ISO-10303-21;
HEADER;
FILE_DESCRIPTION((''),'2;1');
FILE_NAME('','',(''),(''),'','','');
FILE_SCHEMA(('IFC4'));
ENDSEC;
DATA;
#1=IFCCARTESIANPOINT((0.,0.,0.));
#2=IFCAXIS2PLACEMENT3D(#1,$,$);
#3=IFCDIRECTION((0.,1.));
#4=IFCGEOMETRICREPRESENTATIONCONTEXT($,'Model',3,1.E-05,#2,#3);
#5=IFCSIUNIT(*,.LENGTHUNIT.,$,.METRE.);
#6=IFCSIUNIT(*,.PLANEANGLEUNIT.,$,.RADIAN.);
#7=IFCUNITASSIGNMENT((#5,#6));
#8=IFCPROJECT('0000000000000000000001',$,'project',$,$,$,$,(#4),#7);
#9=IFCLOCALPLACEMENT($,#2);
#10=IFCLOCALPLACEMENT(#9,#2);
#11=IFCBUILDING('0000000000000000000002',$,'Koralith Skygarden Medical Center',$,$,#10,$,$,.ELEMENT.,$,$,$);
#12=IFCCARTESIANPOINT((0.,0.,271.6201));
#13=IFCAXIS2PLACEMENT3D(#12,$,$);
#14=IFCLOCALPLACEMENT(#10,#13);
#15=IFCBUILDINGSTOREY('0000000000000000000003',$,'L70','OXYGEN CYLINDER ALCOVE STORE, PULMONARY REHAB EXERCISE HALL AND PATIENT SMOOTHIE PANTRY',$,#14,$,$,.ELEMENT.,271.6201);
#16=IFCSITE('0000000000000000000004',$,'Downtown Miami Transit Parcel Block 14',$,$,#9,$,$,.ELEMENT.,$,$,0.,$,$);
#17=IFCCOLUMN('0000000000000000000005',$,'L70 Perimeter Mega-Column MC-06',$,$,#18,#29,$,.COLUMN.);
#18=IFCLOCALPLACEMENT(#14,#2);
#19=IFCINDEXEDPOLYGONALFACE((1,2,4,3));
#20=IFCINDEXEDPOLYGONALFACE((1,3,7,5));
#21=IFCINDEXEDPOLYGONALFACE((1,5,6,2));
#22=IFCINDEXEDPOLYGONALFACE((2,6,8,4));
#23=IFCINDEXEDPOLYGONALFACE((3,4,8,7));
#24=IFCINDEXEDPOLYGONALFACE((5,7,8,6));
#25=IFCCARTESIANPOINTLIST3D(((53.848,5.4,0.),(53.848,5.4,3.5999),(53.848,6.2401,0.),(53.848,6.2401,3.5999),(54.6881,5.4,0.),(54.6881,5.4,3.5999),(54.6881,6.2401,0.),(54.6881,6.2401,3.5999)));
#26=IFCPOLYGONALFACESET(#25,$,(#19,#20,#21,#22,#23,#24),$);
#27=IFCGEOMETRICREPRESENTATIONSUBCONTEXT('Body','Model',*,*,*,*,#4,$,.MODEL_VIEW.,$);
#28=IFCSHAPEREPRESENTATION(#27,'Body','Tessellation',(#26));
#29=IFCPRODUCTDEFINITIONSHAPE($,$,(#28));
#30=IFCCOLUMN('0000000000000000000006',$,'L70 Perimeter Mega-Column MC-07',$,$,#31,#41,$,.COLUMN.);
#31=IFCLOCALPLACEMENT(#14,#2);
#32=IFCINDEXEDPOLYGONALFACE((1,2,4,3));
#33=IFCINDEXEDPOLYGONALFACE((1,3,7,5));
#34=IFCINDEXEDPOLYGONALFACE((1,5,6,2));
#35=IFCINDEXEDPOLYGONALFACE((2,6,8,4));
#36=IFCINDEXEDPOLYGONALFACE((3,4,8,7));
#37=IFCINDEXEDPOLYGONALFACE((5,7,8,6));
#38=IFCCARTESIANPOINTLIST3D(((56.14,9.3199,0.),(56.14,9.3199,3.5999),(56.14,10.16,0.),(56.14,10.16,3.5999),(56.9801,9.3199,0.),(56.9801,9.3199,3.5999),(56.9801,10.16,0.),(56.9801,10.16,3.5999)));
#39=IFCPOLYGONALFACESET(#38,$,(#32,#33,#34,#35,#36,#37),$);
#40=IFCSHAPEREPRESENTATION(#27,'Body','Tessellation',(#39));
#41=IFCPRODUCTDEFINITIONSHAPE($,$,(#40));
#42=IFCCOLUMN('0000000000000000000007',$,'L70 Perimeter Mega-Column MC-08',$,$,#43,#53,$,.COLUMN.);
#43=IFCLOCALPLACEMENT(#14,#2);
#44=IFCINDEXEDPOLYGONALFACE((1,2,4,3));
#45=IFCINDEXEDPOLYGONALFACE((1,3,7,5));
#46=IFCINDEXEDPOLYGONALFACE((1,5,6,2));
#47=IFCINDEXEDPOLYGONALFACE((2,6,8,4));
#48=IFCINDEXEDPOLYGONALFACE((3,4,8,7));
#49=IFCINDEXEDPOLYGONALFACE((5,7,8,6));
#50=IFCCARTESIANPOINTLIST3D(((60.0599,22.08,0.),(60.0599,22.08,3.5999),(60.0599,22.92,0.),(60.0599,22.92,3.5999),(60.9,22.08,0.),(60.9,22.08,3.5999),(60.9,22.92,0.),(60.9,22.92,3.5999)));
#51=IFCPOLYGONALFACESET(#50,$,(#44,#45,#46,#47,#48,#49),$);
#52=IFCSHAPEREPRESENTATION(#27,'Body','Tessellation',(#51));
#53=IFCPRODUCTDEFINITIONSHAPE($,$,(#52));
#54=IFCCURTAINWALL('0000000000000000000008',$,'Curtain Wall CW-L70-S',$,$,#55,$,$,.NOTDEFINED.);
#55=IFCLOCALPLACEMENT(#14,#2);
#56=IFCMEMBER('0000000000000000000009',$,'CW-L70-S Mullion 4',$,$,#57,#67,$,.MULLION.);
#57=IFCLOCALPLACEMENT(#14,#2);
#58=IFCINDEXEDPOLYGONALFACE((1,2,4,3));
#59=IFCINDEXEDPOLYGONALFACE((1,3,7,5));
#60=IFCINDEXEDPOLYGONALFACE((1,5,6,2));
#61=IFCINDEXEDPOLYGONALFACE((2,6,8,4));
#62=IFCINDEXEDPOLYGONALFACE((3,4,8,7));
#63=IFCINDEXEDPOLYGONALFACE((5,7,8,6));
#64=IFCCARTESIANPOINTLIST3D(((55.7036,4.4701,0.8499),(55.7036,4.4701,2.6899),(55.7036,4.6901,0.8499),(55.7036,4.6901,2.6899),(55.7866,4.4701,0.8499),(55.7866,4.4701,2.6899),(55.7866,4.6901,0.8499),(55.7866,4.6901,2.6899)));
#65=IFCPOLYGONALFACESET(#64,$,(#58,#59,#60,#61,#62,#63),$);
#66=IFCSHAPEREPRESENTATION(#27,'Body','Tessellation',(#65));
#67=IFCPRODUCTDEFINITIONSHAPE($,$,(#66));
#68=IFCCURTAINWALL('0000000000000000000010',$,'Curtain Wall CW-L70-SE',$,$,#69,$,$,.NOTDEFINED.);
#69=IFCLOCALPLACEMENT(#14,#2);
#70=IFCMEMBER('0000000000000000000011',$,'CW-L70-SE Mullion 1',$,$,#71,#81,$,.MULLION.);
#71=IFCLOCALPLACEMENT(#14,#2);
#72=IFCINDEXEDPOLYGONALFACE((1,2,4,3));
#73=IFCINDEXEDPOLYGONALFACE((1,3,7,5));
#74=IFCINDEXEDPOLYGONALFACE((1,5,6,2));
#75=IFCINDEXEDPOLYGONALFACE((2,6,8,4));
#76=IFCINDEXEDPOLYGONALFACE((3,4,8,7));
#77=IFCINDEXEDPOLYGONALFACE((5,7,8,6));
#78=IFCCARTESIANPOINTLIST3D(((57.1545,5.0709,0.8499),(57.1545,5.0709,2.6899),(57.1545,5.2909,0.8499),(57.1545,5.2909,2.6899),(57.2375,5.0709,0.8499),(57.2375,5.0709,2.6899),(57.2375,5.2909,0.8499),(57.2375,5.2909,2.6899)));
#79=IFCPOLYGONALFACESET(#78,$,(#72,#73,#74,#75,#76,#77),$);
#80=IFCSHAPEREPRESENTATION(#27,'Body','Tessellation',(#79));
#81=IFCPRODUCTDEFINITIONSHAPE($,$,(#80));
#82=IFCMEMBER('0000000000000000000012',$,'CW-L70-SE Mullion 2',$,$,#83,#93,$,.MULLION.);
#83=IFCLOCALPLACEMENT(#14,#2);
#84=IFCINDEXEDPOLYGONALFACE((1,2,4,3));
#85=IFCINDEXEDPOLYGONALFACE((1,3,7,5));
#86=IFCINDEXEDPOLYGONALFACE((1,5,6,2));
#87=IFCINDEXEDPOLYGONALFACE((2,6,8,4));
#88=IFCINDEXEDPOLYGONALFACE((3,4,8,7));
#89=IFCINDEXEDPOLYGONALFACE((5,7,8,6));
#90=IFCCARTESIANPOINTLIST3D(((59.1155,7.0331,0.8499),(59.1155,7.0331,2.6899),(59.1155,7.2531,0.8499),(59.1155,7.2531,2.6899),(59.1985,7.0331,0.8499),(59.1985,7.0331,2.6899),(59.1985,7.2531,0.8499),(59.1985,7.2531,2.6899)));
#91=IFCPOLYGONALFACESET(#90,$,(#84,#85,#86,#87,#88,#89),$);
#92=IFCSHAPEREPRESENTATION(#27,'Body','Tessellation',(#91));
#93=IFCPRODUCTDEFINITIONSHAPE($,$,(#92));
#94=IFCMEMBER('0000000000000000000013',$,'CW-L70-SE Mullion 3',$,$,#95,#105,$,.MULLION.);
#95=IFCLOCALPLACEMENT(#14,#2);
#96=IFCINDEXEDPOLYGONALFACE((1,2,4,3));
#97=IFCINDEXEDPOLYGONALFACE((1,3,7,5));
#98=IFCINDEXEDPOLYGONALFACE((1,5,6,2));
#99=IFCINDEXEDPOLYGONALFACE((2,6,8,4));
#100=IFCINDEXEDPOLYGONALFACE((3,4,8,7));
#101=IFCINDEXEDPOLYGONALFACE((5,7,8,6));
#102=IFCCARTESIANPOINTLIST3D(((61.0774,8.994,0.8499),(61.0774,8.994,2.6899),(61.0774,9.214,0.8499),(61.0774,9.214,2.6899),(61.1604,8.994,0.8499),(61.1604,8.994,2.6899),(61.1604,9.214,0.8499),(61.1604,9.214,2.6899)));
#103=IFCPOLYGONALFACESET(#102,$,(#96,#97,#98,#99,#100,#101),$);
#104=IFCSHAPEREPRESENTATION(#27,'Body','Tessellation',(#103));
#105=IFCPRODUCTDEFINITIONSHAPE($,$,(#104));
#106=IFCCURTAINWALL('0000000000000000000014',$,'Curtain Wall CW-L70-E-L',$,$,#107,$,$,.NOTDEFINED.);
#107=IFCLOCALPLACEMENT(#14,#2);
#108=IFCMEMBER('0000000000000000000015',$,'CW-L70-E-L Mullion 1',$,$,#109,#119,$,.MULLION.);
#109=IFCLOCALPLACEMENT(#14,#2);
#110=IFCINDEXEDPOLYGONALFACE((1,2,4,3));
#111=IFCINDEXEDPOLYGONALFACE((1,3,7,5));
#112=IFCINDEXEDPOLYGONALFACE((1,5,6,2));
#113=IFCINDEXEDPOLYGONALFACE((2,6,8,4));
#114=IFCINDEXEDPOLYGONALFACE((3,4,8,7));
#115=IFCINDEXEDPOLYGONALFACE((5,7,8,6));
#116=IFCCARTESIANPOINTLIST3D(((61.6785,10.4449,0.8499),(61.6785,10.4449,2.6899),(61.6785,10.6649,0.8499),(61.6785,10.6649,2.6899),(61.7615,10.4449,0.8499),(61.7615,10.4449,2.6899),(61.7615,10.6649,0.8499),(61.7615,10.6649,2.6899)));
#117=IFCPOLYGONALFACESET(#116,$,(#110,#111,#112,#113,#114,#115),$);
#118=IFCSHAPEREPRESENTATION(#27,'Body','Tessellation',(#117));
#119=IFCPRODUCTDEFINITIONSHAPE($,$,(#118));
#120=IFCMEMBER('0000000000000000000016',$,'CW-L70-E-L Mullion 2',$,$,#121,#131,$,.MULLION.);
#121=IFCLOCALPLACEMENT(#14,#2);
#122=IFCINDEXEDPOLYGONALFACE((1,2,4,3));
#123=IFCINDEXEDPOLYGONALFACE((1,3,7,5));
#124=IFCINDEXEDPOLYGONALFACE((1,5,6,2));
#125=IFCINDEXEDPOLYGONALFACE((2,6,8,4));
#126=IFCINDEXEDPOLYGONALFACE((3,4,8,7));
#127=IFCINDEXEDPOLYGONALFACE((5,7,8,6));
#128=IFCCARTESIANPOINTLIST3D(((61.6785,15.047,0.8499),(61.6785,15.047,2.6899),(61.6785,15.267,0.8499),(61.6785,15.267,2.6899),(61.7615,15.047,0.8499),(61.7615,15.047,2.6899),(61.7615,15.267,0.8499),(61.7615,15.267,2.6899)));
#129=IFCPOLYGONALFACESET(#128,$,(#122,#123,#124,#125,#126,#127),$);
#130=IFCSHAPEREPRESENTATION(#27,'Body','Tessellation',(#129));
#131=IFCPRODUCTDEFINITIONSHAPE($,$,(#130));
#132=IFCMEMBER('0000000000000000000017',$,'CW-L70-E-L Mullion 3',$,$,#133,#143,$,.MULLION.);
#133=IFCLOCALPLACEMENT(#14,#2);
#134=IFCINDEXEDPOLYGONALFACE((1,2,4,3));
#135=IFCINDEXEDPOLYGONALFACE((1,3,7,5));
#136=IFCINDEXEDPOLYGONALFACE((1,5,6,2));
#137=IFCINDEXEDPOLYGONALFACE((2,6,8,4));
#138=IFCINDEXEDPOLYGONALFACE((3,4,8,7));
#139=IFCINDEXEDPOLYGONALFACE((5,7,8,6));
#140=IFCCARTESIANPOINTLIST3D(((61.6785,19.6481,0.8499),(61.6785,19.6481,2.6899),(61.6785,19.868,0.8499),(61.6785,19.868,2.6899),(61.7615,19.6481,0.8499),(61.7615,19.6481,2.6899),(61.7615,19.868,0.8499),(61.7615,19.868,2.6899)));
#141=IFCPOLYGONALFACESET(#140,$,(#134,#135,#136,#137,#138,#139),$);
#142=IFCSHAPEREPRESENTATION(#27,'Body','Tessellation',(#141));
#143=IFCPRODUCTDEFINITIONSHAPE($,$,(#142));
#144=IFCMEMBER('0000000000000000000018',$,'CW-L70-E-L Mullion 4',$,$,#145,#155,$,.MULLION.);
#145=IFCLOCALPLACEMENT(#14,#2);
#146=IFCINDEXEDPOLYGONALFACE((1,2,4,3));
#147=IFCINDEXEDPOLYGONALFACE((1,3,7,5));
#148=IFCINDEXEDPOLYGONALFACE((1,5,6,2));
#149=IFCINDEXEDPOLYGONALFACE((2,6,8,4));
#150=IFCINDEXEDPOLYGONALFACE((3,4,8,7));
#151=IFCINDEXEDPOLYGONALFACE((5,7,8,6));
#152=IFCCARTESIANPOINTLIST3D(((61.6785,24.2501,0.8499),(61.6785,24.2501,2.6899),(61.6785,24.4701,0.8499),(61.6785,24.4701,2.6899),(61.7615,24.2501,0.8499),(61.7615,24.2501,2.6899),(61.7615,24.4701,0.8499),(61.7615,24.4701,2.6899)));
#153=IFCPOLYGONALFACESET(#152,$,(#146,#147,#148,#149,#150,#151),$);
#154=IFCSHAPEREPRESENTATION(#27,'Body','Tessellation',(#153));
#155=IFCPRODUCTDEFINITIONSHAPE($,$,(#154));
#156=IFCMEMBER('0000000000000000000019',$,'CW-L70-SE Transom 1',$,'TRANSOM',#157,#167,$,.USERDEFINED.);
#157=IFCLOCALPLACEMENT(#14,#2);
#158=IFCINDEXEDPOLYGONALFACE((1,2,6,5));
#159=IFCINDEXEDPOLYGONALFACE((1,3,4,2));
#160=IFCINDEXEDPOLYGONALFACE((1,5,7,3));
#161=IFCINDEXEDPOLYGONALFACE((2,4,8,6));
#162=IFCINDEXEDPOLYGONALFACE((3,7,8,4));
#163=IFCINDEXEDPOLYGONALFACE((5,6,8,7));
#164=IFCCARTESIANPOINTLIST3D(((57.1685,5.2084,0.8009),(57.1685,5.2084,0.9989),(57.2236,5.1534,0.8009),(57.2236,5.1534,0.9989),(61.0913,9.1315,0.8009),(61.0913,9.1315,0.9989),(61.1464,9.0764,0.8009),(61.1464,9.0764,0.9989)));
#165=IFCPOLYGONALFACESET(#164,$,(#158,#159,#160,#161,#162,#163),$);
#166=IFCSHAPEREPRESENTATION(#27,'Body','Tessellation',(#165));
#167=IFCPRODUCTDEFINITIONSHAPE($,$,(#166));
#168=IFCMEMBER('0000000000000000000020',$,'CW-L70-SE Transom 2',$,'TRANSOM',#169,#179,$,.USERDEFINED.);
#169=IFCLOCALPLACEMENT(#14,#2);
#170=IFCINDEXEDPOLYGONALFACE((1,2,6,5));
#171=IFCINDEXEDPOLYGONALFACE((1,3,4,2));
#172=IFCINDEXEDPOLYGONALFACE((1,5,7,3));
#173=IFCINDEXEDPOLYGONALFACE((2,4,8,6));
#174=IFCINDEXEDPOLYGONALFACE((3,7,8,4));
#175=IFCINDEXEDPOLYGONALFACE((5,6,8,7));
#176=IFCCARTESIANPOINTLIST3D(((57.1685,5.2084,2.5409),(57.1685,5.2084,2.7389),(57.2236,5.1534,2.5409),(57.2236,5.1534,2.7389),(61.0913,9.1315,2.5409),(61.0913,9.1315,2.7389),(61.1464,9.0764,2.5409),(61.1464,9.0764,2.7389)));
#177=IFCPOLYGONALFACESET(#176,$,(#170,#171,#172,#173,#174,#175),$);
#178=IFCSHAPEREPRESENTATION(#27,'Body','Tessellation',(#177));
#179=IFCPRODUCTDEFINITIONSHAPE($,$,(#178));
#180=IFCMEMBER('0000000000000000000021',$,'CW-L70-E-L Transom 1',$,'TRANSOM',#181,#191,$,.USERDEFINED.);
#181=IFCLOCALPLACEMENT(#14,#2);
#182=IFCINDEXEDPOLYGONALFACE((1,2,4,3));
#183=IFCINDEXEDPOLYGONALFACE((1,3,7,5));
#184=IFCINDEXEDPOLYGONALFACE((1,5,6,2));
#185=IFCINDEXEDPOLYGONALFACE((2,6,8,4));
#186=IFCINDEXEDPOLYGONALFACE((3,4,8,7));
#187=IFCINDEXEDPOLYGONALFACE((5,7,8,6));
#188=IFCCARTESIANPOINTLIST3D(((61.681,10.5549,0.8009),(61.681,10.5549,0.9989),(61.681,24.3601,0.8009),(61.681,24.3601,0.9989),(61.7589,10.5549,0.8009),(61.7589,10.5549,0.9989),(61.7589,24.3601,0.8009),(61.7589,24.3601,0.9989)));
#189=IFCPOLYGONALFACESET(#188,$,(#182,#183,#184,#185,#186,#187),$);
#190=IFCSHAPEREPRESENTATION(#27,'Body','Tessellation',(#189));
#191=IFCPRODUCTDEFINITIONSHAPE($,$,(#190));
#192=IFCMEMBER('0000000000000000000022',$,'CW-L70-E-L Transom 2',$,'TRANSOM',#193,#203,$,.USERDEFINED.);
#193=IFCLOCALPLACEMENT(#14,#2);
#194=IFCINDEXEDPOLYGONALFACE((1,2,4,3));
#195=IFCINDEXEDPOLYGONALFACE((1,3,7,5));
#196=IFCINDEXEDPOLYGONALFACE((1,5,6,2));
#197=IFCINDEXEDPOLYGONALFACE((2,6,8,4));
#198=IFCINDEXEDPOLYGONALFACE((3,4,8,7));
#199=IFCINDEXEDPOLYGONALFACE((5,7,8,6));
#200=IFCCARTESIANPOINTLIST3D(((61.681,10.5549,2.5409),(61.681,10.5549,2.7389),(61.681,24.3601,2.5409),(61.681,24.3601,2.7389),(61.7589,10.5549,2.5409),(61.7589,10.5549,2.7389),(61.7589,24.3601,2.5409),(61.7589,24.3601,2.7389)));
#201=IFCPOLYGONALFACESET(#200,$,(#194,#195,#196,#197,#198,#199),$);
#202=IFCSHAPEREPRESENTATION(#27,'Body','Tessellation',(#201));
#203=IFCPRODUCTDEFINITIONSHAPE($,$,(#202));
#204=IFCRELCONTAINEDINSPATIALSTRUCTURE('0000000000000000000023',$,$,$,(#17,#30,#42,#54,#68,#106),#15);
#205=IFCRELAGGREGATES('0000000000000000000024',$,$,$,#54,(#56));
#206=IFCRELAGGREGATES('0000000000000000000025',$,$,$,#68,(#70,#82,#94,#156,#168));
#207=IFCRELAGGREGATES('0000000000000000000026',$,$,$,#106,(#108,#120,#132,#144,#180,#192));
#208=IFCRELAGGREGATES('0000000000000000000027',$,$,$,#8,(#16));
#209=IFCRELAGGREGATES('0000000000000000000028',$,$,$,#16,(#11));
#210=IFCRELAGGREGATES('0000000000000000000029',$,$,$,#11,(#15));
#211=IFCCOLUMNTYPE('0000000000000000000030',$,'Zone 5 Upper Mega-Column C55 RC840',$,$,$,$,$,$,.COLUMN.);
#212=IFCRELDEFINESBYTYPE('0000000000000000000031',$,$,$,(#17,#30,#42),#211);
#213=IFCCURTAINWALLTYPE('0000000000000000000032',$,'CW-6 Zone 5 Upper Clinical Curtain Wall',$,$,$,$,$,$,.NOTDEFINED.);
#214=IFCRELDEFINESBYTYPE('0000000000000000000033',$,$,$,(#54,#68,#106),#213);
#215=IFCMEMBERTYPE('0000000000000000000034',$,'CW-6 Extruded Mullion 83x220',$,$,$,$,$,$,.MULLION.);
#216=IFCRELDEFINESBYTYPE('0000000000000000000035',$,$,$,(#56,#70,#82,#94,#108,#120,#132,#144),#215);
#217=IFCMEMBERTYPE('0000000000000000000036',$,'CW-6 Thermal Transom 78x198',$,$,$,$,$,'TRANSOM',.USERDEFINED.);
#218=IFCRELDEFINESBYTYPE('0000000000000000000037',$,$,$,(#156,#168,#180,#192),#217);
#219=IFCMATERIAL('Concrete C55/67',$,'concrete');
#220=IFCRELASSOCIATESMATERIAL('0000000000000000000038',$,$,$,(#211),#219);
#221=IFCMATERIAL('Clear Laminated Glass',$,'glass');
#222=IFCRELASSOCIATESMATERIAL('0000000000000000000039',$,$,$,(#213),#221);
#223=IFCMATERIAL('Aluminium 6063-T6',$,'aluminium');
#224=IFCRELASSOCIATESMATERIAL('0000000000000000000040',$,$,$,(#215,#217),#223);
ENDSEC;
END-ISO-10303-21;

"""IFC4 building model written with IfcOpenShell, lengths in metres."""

from ifc_helpers import new_model, si_unit, direction, frame, origin, origin_2d, place, context, subcontext, project, spatial, rectangle, extrude, material, material_profile, profile_set, type_object, element, aggregate, save


model = new_model("IFC4")

# Units and contexts
model_context = context("Model", 3, precision=1e-05, world=origin(), true_north=direction((0.0, 1.0)))
body_context = subcontext(model_context, "Body", "Model", "MODEL_VIEW")
ifc_project = project(units=[si_unit("LENGTHUNIT", "METRE"), si_unit("PLANEANGLEUNIT", "RADIAN")], contexts=[model_context])

# Site, building, storey
site_placement = place(None, origin())
site = spatial("IfcSite", under=ifc_project, at=site_placement, Name="Downtown Miami Transit Parcel Block 14", CompositionType="ELEMENT", RefElevation=0.0)
building_placement = place(site_placement, origin())
building = spatial("IfcBuilding", under=site, at=building_placement, Name="Koralith Skygarden Medical Center", CompositionType="ELEMENT")
storey_placement = place(building_placement, frame((0.0, 0.0, 271.6201)))
storey = spatial("IfcBuildingStorey", under=building, at=storey_placement, Name="L70", Description="OXYGEN CYLINDER ALCOVE STORE, PULMONARY REHAB EXERCISE HALL AND PATIENT SMOOTHIE PANTRY", CompositionType="ELEMENT", Elevation=271.6201)

# Columns
ifc_material_1 = material(Name="Concrete C55/67", Category="concrete")
ifc_material_profile_1 = material_profile(ifc_material_1, rectangle(XDim=0.8401, YDim=0.8401, at=origin_2d()), Name="RC840X840")
ifc_profile_set_1 = profile_set([ifc_material_profile_1], Name="Concrete C55/67")
column_type = type_object("IfcColumnType", Name="Zone 5 Upper Mega-Column C55 RC840", PredefinedType="COLUMN", material=ifc_profile_set_1)
for number, where, z_axis, x_axis, name in (
    (1, (54.2681, 5.8201, 0.0), (0.0, 0.0, 1.0), (1.0, 0.0, 0.0), "L70 Perimeter Mega-Column MC-06"),
    (2, (56.5601, 9.74, 0.0), (0.0, 0.0, 1.0), (1.0, 0.0, 0.0), "L70 Perimeter Mega-Column MC-07"),
    (3, (60.48, 22.5, 0.0), (0.0, 0.0, 1.0), (1.0, 0.0, 0.0), "L70 Perimeter Mega-Column MC-08"),
):
    element("IfcColumn", number, at=place(storey_placement, frame(where, z_axis=z_axis, x_axis=x_axis)), inside=storey, type_object=column_type, Name=name, PredefinedType="COLUMN", context=body_context, shape_type="SweptSolid", body=[
        extrude(rectangle(XDim=0.8401, YDim=0.8401, at=origin_2d()), origin(), (0.0, 0.0, 1.0), 3.5999),
    ])

# Curtain wall, member
ifc_material_2 = material(Name="Clear Laminated Glass", Category="glass")
curtain_wall_type = type_object("IfcCurtainWallType", Name="CW-6 Zone 5 Upper Clinical Curtain Wall", PredefinedType="NOTDEFINED", material=ifc_material_2)
curtain_wall_1_placement = place(storey_placement, origin())
curtain_wall_1 = element("IfcCurtainWall", 4, at=curtain_wall_1_placement, inside=storey, type_object=curtain_wall_type, Name="Curtain Wall CW-L70-S", PredefinedType="NOTDEFINED")
ifc_material_3 = material(Name="Aluminium 6063-T6", Category="aluminium")
ifc_material_profile_2 = material_profile(ifc_material_3, rectangle(XDim=0.083, YDim=0.22, at=origin_2d()), Name="MUL83X220")
ifc_profile_set_2 = profile_set([ifc_material_profile_2], Name="Aluminium 6063-T6")
member_type_1 = type_object("IfcMemberType", Name="CW-6 Extruded Mullion 83x220", PredefinedType="MULLION", material=ifc_profile_set_2)
member_1_placement = place(storey_placement, frame((55.7451, 4.5801, 0.8499), z_axis=(0.0, 0.0, 1.0), x_axis=(1.0, 0.0, 0.0)))
member_1 = element("IfcMember", 5, at=member_1_placement, type_object=member_type_1, Name="CW-L70-S Mullion 4", PredefinedType="MULLION", context=body_context, shape_type="SweptSolid", body=[
    extrude(rectangle(XDim=0.083, YDim=0.22, at=origin_2d()), origin(), (0.0, 0.0, 1.0), 1.8401),
])
aggregate(curtain_wall_1, [member_1])

# Curtain walls, members
curtain_wall_2_placement = place(storey_placement, origin())
curtain_wall_2 = element("IfcCurtainWall", 6, at=curtain_wall_2_placement, inside=storey, type_object=curtain_wall_type, Name="Curtain Wall CW-L70-SE", PredefinedType="NOTDEFINED")
member_2_placement = place(storey_placement, frame((57.196, 5.1809, 0.8499), z_axis=(0.0, 0.0, 1.0), x_axis=(1.0, 0.0, 0.0)))
member_2 = element("IfcMember", 7, at=member_2_placement, type_object=member_type_1, Name="CW-L70-SE Mullion 1", PredefinedType="MULLION", context=body_context, shape_type="SweptSolid", body=[
    extrude(rectangle(XDim=0.083, YDim=0.22, at=origin_2d()), origin(), (0.0, 0.0, 1.0), 1.8401),
])
member_3_placement = place(storey_placement, frame((59.157, 7.1431, 0.8499), z_axis=(0.0, 0.0, 1.0), x_axis=(1.0, 0.0, 0.0)))
member_3 = element("IfcMember", 8, at=member_3_placement, type_object=member_type_1, Name="CW-L70-SE Mullion 2", PredefinedType="MULLION", context=body_context, shape_type="SweptSolid", body=[
    extrude(rectangle(XDim=0.083, YDim=0.22, at=origin_2d()), origin(), (0.0, 0.0, 1.0), 1.8401),
])
member_4_placement = place(storey_placement, frame((61.1189, 9.104, 0.8499), z_axis=(0.0, 0.0, 1.0), x_axis=(1.0, 0.0, 0.0)))
member_4 = element("IfcMember", 9, at=member_4_placement, type_object=member_type_1, Name="CW-L70-SE Mullion 3", PredefinedType="MULLION", context=body_context, shape_type="SweptSolid", body=[
    extrude(rectangle(XDim=0.083, YDim=0.22, at=origin_2d()), origin(), (0.0, 0.0, 1.0), 1.8401),
])
curtain_wall_3_placement = place(storey_placement, origin())
curtain_wall_3 = element("IfcCurtainWall", 10, at=curtain_wall_3_placement, inside=storey, type_object=curtain_wall_type, Name="Curtain Wall CW-L70-E-L", PredefinedType="NOTDEFINED")
member_5_placement = place(storey_placement, frame((61.72, 10.5549, 0.8499), z_axis=(0.0, 0.0, 1.0), x_axis=(1.0, 0.0, 0.0)))
member_5 = element("IfcMember", 11, at=member_5_placement, type_object=member_type_1, Name="CW-L70-E-L Mullion 1", PredefinedType="MULLION", context=body_context, shape_type="SweptSolid", body=[
    extrude(rectangle(XDim=0.083, YDim=0.22, at=origin_2d()), origin(), (0.0, 0.0, 1.0), 1.8401),
])
member_6_placement = place(storey_placement, frame((61.72, 15.157, 0.8499), z_axis=(0.0, 0.0, 1.0), x_axis=(1.0, 0.0, 0.0)))
member_6 = element("IfcMember", 12, at=member_6_placement, type_object=member_type_1, Name="CW-L70-E-L Mullion 2", PredefinedType="MULLION", context=body_context, shape_type="SweptSolid", body=[
    extrude(rectangle(XDim=0.083, YDim=0.22, at=origin_2d()), origin(), (0.0, 0.0, 1.0), 1.8401),
])
member_7_placement = place(storey_placement, frame((61.72, 19.7581, 0.8499), z_axis=(0.0, 0.0, 1.0), x_axis=(1.0, 0.0, 0.0)))
member_7 = element("IfcMember", 13, at=member_7_placement, type_object=member_type_1, Name="CW-L70-E-L Mullion 3", PredefinedType="MULLION", context=body_context, shape_type="SweptSolid", body=[
    extrude(rectangle(XDim=0.083, YDim=0.22, at=origin_2d()), origin(), (0.0, 0.0, 1.0), 1.8401),
])
member_8_placement = place(storey_placement, frame((61.72, 24.3601, 0.8499), z_axis=(0.0, 0.0, 1.0), x_axis=(1.0, 0.0, 0.0)))
member_8 = element("IfcMember", 14, at=member_8_placement, type_object=member_type_1, Name="CW-L70-E-L Mullion 4", PredefinedType="MULLION", context=body_context, shape_type="SweptSolid", body=[
    extrude(rectangle(XDim=0.083, YDim=0.22, at=origin_2d()), origin(), (0.0, 0.0, 1.0), 1.8401),
])

# Members
ifc_material_profile_3 = material_profile(ifc_material_3, rectangle(XDim=0.0779, YDim=0.198, at=origin_2d()), Name="TRN78X198")
ifc_profile_set_3 = profile_set([ifc_material_profile_3], Name="Aluminium 6063-T6")
member_type_2 = type_object("IfcMemberType", Name="CW-6 Thermal Transom 78x198", ElementType="TRANSOM", PredefinedType="USERDEFINED", material=ifc_profile_set_3)
member_9_placement = place(storey_placement, frame((57.196, 5.1809, 0.8999), z_axis=(0.707085, 0.707129, 0.0), x_axis=(-0.707129, 0.707085, 0.0)))
member_9 = element("IfcMember", 15, at=member_9_placement, type_object=member_type_2, Name="CW-L70-SE Transom 1", ObjectType="TRANSOM", PredefinedType="USERDEFINED", context=body_context, shape_type="SweptSolid", body=[
    extrude(rectangle(XDim=0.0779, YDim=0.198, at=origin_2d()), origin(), (0.0, 0.0, 1.0), 5.5479),
])
member_10_placement = place(storey_placement, frame((57.196, 5.1809, 2.6399), z_axis=(0.707085, 0.707129, 0.0), x_axis=(-0.707129, 0.707085, 0.0)))
member_10 = element("IfcMember", 16, at=member_10_placement, type_object=member_type_2, Name="CW-L70-SE Transom 2", ObjectType="TRANSOM", PredefinedType="USERDEFINED", context=body_context, shape_type="SweptSolid", body=[
    extrude(rectangle(XDim=0.0779, YDim=0.198, at=origin_2d()), origin(), (0.0, 0.0, 1.0), 5.5479),
])
member_11_placement = place(storey_placement, frame((61.72, 10.5549, 0.8999), z_axis=(0.0, 1.0, 0.0), x_axis=(-1.0, 0.0, 0.0)))
member_11 = element("IfcMember", 17, at=member_11_placement, type_object=member_type_2, Name="CW-L70-E-L Transom 1", ObjectType="TRANSOM", PredefinedType="USERDEFINED", context=body_context, shape_type="SweptSolid", body=[
    extrude(rectangle(XDim=0.0779, YDim=0.198, at=origin_2d()), origin(), (0.0, 0.0, 1.0), 13.8052),
])
member_12_placement = place(storey_placement, frame((61.72, 10.5549, 2.6399), z_axis=(0.0, 1.0, 0.0), x_axis=(-1.0, 0.0, 0.0)))
member_12 = element("IfcMember", 18, at=member_12_placement, type_object=member_type_2, Name="CW-L70-E-L Transom 2", ObjectType="TRANSOM", PredefinedType="USERDEFINED", context=body_context, shape_type="SweptSolid", body=[
    extrude(rectangle(XDim=0.0779, YDim=0.198, at=origin_2d()), origin(), (0.0, 0.0, 1.0), 13.8052),
])

aggregate(curtain_wall_2, [member_2, member_3, member_4, member_9, member_10])
aggregate(curtain_wall_3, [member_5, member_6, member_7, member_8, member_11, member_12])

save(model, "model.ifc")
